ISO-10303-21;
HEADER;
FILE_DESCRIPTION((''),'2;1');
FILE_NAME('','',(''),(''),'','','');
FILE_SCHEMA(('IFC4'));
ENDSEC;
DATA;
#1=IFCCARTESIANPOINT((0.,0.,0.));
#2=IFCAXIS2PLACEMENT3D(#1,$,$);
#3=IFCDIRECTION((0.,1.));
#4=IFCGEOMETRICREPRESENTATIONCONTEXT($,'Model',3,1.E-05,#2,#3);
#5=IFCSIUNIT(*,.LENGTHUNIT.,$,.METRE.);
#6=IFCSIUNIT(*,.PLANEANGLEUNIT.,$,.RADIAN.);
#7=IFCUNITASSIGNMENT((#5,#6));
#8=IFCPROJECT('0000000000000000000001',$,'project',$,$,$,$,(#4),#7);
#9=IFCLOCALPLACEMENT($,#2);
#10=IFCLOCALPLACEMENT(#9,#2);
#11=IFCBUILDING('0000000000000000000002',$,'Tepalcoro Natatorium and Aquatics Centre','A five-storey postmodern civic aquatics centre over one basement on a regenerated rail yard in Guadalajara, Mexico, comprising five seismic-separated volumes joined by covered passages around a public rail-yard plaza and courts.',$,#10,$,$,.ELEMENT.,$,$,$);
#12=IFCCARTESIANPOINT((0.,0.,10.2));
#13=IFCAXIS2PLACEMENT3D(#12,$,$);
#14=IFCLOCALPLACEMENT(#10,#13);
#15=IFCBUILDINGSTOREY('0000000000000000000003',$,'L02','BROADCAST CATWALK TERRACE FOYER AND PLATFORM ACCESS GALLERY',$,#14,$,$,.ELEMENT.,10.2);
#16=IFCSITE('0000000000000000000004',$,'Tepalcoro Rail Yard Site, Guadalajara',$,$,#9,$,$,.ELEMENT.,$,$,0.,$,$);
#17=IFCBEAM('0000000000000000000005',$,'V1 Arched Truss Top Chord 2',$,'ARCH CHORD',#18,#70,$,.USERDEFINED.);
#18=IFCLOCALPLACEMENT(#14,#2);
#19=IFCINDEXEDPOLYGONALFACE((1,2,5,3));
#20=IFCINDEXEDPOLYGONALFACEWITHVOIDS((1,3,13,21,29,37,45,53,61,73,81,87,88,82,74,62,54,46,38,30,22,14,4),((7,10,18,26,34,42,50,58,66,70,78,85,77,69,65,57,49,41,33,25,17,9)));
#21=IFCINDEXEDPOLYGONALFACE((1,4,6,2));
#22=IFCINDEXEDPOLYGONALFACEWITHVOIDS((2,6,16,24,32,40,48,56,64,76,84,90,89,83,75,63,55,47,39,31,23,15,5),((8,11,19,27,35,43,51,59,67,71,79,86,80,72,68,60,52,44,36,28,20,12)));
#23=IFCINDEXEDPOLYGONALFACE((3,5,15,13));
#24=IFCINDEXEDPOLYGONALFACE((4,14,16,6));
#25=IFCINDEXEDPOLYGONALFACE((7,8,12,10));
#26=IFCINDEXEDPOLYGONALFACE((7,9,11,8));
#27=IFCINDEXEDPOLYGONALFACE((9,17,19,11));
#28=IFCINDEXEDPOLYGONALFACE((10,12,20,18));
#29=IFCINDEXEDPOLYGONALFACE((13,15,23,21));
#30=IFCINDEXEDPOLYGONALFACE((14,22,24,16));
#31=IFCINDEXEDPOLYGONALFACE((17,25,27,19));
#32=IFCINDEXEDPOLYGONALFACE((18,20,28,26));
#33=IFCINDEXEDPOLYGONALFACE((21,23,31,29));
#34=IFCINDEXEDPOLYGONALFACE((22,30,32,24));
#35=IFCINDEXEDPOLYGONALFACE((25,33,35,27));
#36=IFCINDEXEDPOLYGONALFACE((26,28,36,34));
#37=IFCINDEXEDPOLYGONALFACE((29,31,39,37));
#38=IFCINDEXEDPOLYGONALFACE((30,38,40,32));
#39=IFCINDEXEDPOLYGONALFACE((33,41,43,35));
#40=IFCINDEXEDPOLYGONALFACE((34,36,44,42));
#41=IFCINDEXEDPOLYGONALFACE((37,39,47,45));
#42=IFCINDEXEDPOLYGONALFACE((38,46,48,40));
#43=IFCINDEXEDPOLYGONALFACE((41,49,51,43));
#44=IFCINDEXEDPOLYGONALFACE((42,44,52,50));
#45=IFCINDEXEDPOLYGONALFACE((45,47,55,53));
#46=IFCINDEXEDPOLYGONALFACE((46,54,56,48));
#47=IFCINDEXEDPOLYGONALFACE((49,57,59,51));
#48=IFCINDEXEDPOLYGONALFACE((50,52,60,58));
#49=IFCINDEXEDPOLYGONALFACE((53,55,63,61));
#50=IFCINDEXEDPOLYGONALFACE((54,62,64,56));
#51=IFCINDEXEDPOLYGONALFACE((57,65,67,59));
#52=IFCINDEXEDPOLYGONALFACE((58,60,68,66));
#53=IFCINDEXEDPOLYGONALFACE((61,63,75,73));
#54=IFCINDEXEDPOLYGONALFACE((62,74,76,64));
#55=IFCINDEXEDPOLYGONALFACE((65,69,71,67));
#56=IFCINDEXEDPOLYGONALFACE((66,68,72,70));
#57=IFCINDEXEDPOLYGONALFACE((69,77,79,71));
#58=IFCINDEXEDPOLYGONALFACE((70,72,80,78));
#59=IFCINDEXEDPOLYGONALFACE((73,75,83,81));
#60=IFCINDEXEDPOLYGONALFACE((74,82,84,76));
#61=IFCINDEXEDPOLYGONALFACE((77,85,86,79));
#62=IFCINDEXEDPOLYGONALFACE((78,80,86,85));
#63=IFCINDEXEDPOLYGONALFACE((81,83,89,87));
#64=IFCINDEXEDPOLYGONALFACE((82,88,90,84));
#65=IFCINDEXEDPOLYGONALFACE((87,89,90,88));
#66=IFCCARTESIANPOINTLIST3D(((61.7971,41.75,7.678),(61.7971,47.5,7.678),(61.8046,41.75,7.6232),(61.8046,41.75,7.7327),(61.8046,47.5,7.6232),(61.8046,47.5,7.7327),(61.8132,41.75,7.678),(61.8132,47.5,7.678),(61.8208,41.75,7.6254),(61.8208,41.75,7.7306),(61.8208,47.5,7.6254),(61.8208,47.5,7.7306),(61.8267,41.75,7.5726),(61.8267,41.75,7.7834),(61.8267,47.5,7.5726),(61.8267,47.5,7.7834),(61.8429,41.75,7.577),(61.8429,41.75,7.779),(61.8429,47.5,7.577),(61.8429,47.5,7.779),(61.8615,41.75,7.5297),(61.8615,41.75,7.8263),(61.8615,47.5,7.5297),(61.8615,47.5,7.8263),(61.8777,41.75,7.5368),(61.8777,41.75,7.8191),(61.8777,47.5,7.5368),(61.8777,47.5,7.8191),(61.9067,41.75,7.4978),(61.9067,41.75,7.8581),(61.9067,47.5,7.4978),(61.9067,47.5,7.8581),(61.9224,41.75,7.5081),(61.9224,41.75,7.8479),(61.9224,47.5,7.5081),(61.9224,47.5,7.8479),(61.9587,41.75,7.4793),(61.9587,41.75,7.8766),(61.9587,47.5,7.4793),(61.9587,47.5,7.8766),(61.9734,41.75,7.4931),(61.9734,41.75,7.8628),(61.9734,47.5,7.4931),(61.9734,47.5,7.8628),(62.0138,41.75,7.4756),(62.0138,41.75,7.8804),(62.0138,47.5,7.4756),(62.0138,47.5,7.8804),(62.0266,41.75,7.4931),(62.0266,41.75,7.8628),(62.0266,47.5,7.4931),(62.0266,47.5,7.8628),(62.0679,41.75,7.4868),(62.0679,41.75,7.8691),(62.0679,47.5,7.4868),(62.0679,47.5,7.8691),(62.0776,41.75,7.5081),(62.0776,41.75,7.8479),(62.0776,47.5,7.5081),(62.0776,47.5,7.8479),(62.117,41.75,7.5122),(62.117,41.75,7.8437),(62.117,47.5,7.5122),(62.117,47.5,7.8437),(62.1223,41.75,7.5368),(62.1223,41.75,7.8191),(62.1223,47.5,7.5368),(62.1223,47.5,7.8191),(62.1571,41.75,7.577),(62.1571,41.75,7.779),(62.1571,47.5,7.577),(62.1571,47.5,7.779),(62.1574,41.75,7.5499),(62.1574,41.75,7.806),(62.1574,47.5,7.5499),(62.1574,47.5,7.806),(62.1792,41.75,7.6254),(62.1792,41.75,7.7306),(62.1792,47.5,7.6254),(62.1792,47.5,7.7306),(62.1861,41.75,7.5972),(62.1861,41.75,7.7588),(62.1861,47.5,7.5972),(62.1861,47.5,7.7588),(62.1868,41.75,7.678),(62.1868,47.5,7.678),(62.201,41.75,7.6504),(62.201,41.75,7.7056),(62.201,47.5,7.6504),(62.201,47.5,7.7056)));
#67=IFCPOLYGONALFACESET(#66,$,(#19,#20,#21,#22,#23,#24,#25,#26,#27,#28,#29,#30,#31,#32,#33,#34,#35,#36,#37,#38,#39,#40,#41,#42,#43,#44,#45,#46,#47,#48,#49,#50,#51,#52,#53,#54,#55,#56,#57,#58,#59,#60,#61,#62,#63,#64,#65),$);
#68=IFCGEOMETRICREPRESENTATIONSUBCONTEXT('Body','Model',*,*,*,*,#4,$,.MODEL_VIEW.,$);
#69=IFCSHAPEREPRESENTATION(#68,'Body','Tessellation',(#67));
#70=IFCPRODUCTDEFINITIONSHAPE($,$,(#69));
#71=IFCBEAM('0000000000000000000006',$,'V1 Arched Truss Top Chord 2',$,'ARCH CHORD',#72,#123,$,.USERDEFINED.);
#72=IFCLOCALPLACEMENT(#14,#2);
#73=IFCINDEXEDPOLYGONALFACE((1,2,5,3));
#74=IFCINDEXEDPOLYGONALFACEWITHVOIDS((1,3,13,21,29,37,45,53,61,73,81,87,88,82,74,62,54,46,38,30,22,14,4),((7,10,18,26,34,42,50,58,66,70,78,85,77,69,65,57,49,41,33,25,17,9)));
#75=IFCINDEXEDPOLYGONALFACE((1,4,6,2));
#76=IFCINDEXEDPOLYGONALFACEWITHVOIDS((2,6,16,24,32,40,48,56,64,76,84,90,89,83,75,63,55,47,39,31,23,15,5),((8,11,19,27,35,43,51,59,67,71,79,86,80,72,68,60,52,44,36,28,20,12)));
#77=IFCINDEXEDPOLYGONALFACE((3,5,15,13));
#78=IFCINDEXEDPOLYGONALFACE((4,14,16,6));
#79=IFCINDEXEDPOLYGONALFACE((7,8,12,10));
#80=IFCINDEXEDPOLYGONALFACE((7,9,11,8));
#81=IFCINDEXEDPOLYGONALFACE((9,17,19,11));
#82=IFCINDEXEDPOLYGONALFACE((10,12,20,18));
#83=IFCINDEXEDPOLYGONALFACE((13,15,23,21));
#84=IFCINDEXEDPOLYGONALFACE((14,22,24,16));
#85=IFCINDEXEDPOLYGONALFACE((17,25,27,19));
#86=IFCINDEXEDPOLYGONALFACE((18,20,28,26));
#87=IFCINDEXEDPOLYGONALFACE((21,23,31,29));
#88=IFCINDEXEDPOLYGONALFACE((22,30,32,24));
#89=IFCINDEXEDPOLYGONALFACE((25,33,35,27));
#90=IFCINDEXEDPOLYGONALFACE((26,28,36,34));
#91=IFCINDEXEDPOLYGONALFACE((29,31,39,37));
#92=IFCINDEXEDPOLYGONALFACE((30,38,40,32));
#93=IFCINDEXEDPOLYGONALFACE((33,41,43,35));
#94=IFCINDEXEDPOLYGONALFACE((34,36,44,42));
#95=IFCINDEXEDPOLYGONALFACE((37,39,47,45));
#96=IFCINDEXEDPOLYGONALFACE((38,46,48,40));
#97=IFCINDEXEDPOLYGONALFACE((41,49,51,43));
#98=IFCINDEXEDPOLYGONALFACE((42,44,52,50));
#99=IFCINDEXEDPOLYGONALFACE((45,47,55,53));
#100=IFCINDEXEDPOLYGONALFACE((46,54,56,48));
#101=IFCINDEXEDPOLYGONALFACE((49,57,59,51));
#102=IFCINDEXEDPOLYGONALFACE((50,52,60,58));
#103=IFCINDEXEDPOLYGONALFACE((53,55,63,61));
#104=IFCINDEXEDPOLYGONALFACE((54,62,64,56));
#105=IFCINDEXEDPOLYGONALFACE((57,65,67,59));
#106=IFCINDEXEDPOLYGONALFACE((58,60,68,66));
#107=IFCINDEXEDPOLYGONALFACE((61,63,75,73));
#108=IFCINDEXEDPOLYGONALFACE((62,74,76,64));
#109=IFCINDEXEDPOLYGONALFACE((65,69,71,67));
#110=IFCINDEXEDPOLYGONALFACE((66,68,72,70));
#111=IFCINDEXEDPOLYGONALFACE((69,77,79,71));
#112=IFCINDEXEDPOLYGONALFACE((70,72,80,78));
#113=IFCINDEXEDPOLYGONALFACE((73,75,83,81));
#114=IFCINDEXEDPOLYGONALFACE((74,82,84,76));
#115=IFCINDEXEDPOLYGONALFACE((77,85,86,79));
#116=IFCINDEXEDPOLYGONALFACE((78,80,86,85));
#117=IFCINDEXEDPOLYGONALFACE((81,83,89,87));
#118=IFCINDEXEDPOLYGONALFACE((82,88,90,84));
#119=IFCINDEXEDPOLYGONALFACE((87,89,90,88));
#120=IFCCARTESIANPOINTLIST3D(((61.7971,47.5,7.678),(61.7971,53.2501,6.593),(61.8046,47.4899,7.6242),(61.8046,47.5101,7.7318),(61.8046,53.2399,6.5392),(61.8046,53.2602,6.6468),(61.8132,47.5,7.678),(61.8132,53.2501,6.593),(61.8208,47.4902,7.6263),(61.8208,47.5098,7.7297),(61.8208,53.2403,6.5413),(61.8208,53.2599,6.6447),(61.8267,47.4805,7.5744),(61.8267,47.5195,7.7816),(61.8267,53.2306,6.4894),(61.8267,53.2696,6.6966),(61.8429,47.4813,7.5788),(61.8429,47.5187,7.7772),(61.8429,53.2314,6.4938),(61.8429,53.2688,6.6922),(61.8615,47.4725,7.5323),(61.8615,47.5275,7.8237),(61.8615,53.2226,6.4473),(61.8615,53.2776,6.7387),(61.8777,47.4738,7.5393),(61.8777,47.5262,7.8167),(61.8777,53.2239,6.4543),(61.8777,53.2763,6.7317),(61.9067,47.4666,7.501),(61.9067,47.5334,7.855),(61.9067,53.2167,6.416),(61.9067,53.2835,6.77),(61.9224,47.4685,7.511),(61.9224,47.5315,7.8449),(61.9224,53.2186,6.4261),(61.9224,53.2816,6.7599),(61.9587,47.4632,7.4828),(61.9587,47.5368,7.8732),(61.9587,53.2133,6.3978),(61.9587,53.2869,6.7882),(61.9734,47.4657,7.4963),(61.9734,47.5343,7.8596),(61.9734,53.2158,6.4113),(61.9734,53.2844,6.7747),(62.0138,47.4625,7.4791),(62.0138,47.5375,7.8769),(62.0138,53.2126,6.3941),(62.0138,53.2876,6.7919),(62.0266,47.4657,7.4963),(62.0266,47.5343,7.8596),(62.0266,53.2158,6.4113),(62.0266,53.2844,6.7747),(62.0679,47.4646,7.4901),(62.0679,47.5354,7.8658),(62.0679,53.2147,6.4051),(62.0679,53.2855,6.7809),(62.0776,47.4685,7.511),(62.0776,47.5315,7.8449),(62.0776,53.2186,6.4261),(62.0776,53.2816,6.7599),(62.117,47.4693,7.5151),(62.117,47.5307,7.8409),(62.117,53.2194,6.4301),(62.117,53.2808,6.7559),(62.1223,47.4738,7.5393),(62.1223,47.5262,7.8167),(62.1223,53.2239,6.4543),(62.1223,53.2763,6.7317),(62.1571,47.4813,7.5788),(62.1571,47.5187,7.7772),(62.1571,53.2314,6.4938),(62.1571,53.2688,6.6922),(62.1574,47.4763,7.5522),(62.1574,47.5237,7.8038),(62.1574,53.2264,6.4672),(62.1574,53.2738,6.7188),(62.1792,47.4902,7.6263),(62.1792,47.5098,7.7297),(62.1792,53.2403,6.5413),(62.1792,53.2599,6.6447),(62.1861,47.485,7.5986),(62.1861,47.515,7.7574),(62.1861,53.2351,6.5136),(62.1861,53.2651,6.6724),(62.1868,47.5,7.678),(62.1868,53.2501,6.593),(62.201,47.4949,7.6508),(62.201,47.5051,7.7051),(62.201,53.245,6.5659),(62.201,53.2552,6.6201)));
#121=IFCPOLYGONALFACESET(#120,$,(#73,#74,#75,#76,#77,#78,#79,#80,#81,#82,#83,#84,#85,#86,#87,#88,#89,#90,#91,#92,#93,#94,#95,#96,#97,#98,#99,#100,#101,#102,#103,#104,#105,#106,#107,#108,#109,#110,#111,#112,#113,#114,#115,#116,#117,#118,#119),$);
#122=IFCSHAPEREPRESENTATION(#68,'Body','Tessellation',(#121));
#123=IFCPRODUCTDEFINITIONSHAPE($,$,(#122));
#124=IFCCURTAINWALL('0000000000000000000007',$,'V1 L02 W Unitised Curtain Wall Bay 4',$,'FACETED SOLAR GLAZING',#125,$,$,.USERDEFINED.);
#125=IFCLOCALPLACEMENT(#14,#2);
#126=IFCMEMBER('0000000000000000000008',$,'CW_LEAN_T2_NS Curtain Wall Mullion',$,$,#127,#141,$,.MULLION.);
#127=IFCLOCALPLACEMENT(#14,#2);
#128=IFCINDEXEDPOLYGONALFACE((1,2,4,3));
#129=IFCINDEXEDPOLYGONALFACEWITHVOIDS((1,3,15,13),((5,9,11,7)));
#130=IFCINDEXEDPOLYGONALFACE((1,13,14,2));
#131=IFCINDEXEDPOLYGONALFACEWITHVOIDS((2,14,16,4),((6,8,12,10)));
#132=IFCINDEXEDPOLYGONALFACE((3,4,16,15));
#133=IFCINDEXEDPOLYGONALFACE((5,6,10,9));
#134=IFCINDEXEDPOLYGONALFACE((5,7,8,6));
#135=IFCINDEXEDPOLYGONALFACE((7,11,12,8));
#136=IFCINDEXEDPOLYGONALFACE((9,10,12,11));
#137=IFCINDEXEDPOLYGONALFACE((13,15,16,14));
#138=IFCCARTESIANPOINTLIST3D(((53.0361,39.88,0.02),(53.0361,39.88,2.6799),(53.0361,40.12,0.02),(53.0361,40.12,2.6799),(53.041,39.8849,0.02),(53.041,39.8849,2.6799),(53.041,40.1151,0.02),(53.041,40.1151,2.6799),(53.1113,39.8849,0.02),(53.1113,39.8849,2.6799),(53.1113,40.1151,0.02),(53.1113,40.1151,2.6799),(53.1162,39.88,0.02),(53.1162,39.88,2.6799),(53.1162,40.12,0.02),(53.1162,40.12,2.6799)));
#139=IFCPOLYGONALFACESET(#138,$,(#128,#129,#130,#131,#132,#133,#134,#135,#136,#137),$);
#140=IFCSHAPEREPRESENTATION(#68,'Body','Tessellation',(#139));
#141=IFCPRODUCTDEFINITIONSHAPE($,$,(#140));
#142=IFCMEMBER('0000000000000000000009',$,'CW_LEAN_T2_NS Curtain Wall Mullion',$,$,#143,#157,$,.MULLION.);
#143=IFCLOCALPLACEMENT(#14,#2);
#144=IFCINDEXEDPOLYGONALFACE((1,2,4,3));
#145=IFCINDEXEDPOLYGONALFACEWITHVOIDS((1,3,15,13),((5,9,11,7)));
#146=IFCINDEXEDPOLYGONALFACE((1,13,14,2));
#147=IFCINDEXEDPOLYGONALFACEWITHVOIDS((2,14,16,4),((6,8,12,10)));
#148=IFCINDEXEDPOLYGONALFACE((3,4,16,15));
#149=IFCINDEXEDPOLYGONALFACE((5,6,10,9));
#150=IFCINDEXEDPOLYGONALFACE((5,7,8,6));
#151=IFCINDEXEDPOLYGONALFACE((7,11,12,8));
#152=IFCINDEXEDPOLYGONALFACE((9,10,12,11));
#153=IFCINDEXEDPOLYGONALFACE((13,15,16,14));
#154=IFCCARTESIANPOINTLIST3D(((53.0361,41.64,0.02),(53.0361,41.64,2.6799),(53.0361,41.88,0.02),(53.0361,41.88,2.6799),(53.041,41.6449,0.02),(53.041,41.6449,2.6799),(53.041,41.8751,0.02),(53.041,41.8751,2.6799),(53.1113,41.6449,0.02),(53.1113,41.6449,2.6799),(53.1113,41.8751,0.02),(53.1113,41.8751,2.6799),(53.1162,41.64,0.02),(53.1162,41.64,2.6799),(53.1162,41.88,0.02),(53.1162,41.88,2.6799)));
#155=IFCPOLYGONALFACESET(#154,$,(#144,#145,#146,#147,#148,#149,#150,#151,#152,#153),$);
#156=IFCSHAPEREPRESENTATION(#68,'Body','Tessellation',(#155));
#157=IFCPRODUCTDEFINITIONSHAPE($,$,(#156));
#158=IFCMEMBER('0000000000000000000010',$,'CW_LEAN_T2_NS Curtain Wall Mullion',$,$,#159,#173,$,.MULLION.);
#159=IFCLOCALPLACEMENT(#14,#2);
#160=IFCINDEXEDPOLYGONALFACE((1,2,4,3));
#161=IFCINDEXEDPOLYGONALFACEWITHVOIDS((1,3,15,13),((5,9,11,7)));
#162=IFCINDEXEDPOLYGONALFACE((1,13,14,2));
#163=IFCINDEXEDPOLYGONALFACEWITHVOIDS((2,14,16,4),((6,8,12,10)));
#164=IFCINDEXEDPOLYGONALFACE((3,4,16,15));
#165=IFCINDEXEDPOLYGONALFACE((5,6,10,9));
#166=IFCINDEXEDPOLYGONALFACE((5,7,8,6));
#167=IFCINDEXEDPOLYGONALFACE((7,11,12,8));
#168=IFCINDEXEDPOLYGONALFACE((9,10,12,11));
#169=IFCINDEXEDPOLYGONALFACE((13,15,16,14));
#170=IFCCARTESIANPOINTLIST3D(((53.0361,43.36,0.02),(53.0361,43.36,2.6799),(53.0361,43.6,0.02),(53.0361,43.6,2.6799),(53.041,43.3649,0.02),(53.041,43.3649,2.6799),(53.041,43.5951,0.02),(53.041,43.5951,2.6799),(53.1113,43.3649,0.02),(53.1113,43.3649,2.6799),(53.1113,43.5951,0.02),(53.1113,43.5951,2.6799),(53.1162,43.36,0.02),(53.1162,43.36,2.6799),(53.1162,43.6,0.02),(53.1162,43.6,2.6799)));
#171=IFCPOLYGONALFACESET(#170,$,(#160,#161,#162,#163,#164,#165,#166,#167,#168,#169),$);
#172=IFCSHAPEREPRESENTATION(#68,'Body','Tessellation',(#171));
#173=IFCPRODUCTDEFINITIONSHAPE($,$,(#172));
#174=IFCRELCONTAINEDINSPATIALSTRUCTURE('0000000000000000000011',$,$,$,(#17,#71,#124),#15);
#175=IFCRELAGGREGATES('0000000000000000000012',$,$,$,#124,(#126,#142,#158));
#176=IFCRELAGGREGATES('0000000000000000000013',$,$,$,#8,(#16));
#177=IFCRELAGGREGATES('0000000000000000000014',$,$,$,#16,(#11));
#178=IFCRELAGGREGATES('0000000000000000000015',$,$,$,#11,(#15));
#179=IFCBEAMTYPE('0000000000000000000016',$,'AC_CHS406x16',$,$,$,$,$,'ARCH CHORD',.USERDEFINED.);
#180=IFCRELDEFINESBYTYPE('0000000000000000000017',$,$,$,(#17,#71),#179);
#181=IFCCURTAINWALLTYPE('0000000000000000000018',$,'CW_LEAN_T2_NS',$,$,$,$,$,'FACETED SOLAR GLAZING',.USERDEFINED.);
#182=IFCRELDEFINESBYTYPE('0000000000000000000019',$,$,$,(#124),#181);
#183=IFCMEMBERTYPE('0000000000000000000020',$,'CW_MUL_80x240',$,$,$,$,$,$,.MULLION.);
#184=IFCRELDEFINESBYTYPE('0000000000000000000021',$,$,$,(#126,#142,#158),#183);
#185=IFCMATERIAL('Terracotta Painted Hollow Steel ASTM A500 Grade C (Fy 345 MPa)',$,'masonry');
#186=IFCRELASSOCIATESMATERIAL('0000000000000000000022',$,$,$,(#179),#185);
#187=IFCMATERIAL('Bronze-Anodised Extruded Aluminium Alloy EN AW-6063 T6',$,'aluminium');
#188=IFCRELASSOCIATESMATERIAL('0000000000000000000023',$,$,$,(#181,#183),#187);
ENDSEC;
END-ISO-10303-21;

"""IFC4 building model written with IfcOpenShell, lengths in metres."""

from ifc_helpers import new_model, si_unit, direction, frame, origin, origin_2d, place, context, subcontext, project, spatial, hollow_rectangle, hollow_circle, extrude, material, material_profile, profile_set, type_object, element, aggregate, save


model = new_model("IFC4")

# Units and contexts
model_context = context("Model", 3, precision=1e-05, world=origin(), true_north=direction((0.0, 1.0)))
body_context = subcontext(model_context, "Body", "Model", "MODEL_VIEW")
ifc_project = project(units=[si_unit("LENGTHUNIT", "METRE"), si_unit("PLANEANGLEUNIT", "RADIAN")], contexts=[model_context])

# Site, building, storey
site_placement = place(None, origin())
site = spatial("IfcSite", under=ifc_project, at=site_placement, Name="Tepalcoro Rail Yard Site, Guadalajara", CompositionType="ELEMENT", RefElevation=0.0)
building_placement = place(site_placement, origin())
building = spatial("IfcBuilding", under=site, at=building_placement, Name="Tepalcoro Natatorium and Aquatics Centre", Description="A five-storey postmodern civic aquatics centre over one basement on a regenerated rail yard in Guadalajara, Mexico, comprising five seismic-separated volumes joined by covered passages around a public rail-yard plaza and courts.", CompositionType="ELEMENT")
storey_placement = place(building_placement, frame((0.0, 0.0, 10.2)))
storey = spatial("IfcBuildingStorey", under=building, at=storey_placement, Name="L02", Description="BROADCAST CATWALK TERRACE FOYER AND PLATFORM ACCESS GALLERY", CompositionType="ELEMENT", Elevation=10.2)

# Beams
ifc_material_1 = material(Name="Terracotta Painted Hollow Steel ASTM A500 Grade C (Fy 345 MPa)", Category="masonry")
ifc_material_profile_1 = material_profile(ifc_material_1, hollow_circle(Radius=0.2029, WallThickness=0.0161, at=origin_2d()), Name="CHS406X16")
ifc_profile_set_1 = profile_set([ifc_material_profile_1], Name="Terracotta Painted Hollow Steel ASTM A500 Grade C (Fy 345 MPa)")
beam_type = type_object("IfcBeamType", Name="AC_CHS406x16", ElementType="ARCH CHORD", PredefinedType="USERDEFINED", material=ifc_profile_set_1)
beam_1_placement = place(storey_placement, frame((62.0, 41.75, 7.678), z_axis=(0.0, 1.0, 0.0), x_axis=(-1.0, 0.0, 0.0)))
element("IfcBeam", 1, at=beam_1_placement, inside=storey, type_object=beam_type, Name="V1 Arched Truss Top Chord 2", ObjectType="ARCH CHORD", PredefinedType="USERDEFINED", context=body_context, shape_type="SweptSolid", body=[
    extrude(hollow_circle(Radius=0.2029, WallThickness=0.0161, at=origin_2d()), origin(), (0.0, 0.0, 1.0), 5.75),
])
beam_2_placement = place(storey_placement, frame((62.0, 47.5, 7.678), z_axis=(0.0, 0.98266, -0.185417), x_axis=(-1.0, 0.0, 0.0)))
element("IfcBeam", 2, at=beam_2_placement, inside=storey, type_object=beam_type, Name="V1 Arched Truss Top Chord 2", ObjectType="ARCH CHORD", PredefinedType="USERDEFINED", context=body_context, shape_type="SweptSolid", body=[
    extrude(hollow_circle(Radius=0.2029, WallThickness=0.0161, at=origin_2d()), origin(), (0.0, 0.0, 1.0), 5.8516),
])

# Curtain wall, members
ifc_material_2 = material(Name="Bronze-Anodised Extruded Aluminium Alloy EN AW-6063 T6", Category="aluminium")
curtain_wall_type = type_object("IfcCurtainWallType", Name="CW_LEAN_T2_NS", ElementType="FACETED SOLAR GLAZING", PredefinedType="USERDEFINED", material=ifc_material_2)
curtain_wall_placement = place(storey_placement, origin())
curtain_wall = element("IfcCurtainWall", 3, at=curtain_wall_placement, inside=storey, type_object=curtain_wall_type, Name="V1 L02 W Unitised Curtain Wall Bay 4", ObjectType="FACETED SOLAR GLAZING", PredefinedType="USERDEFINED")
ifc_material_profile_2 = material_profile(ifc_material_2, hollow_rectangle(XDim=0.0801, YDim=0.24, WallThickness=0.0049, at=origin_2d()), Name="AL80X240X5")
ifc_profile_set_2 = profile_set([ifc_material_profile_2], Name="Bronze-Anodised Extruded Aluminium Alloy EN AW-6063 T6")
member_type_1 = type_object("IfcMemberType", Name="CW_MUL_80x240", PredefinedType="MULLION", material=ifc_profile_set_2)
member_1_placement = place(storey_placement, frame((53.0762, 40.0, 0.02), z_axis=(0.0, 0.0, 1.0), x_axis=(1.0, 0.0, 0.0)))
member_1 = element("IfcMember", 4, at=member_1_placement, type_object=member_type_1, Name="CW_LEAN_T2_NS Curtain Wall Mullion", PredefinedType="MULLION", context=body_context, shape_type="SweptSolid", body=[
    extrude(hollow_rectangle(XDim=0.0801, YDim=0.24, WallThickness=0.0049, at=origin_2d()), origin(), (0.0, 0.0, 1.0), 2.6599),
])
member_2_placement = place(storey_placement, frame((53.0762, 41.76, 0.02), z_axis=(0.0, 0.0, 1.0), x_axis=(1.0, 0.0, 0.0)))
member_2 = element("IfcMember", 5, at=member_2_placement, type_object=member_type_1, Name="CW_LEAN_T2_NS Curtain Wall Mullion", PredefinedType="MULLION", context=body_context, shape_type="SweptSolid", body=[
    extrude(hollow_rectangle(XDim=0.0801, YDim=0.24, WallThickness=0.0049, at=origin_2d()), origin(), (0.0, 0.0, 1.0), 2.6599),
])
member_3_placement = place(storey_placement, frame((53.0762, 43.48, 0.02), z_axis=(0.0, 0.0, 1.0), x_axis=(1.0, 0.0, 0.0)))
member_3 = element("IfcMember", 6, at=member_3_placement, type_object=member_type_1, Name="CW_LEAN_T2_NS Curtain Wall Mullion", PredefinedType="MULLION", context=body_context, shape_type="SweptSolid", body=[
    extrude(hollow_rectangle(XDim=0.0801, YDim=0.24, WallThickness=0.0049, at=origin_2d()), origin(), (0.0, 0.0, 1.0), 2.6599),
])

aggregate(curtain_wall, [member_1, member_2, member_3])

save(model, "model.ifc")
